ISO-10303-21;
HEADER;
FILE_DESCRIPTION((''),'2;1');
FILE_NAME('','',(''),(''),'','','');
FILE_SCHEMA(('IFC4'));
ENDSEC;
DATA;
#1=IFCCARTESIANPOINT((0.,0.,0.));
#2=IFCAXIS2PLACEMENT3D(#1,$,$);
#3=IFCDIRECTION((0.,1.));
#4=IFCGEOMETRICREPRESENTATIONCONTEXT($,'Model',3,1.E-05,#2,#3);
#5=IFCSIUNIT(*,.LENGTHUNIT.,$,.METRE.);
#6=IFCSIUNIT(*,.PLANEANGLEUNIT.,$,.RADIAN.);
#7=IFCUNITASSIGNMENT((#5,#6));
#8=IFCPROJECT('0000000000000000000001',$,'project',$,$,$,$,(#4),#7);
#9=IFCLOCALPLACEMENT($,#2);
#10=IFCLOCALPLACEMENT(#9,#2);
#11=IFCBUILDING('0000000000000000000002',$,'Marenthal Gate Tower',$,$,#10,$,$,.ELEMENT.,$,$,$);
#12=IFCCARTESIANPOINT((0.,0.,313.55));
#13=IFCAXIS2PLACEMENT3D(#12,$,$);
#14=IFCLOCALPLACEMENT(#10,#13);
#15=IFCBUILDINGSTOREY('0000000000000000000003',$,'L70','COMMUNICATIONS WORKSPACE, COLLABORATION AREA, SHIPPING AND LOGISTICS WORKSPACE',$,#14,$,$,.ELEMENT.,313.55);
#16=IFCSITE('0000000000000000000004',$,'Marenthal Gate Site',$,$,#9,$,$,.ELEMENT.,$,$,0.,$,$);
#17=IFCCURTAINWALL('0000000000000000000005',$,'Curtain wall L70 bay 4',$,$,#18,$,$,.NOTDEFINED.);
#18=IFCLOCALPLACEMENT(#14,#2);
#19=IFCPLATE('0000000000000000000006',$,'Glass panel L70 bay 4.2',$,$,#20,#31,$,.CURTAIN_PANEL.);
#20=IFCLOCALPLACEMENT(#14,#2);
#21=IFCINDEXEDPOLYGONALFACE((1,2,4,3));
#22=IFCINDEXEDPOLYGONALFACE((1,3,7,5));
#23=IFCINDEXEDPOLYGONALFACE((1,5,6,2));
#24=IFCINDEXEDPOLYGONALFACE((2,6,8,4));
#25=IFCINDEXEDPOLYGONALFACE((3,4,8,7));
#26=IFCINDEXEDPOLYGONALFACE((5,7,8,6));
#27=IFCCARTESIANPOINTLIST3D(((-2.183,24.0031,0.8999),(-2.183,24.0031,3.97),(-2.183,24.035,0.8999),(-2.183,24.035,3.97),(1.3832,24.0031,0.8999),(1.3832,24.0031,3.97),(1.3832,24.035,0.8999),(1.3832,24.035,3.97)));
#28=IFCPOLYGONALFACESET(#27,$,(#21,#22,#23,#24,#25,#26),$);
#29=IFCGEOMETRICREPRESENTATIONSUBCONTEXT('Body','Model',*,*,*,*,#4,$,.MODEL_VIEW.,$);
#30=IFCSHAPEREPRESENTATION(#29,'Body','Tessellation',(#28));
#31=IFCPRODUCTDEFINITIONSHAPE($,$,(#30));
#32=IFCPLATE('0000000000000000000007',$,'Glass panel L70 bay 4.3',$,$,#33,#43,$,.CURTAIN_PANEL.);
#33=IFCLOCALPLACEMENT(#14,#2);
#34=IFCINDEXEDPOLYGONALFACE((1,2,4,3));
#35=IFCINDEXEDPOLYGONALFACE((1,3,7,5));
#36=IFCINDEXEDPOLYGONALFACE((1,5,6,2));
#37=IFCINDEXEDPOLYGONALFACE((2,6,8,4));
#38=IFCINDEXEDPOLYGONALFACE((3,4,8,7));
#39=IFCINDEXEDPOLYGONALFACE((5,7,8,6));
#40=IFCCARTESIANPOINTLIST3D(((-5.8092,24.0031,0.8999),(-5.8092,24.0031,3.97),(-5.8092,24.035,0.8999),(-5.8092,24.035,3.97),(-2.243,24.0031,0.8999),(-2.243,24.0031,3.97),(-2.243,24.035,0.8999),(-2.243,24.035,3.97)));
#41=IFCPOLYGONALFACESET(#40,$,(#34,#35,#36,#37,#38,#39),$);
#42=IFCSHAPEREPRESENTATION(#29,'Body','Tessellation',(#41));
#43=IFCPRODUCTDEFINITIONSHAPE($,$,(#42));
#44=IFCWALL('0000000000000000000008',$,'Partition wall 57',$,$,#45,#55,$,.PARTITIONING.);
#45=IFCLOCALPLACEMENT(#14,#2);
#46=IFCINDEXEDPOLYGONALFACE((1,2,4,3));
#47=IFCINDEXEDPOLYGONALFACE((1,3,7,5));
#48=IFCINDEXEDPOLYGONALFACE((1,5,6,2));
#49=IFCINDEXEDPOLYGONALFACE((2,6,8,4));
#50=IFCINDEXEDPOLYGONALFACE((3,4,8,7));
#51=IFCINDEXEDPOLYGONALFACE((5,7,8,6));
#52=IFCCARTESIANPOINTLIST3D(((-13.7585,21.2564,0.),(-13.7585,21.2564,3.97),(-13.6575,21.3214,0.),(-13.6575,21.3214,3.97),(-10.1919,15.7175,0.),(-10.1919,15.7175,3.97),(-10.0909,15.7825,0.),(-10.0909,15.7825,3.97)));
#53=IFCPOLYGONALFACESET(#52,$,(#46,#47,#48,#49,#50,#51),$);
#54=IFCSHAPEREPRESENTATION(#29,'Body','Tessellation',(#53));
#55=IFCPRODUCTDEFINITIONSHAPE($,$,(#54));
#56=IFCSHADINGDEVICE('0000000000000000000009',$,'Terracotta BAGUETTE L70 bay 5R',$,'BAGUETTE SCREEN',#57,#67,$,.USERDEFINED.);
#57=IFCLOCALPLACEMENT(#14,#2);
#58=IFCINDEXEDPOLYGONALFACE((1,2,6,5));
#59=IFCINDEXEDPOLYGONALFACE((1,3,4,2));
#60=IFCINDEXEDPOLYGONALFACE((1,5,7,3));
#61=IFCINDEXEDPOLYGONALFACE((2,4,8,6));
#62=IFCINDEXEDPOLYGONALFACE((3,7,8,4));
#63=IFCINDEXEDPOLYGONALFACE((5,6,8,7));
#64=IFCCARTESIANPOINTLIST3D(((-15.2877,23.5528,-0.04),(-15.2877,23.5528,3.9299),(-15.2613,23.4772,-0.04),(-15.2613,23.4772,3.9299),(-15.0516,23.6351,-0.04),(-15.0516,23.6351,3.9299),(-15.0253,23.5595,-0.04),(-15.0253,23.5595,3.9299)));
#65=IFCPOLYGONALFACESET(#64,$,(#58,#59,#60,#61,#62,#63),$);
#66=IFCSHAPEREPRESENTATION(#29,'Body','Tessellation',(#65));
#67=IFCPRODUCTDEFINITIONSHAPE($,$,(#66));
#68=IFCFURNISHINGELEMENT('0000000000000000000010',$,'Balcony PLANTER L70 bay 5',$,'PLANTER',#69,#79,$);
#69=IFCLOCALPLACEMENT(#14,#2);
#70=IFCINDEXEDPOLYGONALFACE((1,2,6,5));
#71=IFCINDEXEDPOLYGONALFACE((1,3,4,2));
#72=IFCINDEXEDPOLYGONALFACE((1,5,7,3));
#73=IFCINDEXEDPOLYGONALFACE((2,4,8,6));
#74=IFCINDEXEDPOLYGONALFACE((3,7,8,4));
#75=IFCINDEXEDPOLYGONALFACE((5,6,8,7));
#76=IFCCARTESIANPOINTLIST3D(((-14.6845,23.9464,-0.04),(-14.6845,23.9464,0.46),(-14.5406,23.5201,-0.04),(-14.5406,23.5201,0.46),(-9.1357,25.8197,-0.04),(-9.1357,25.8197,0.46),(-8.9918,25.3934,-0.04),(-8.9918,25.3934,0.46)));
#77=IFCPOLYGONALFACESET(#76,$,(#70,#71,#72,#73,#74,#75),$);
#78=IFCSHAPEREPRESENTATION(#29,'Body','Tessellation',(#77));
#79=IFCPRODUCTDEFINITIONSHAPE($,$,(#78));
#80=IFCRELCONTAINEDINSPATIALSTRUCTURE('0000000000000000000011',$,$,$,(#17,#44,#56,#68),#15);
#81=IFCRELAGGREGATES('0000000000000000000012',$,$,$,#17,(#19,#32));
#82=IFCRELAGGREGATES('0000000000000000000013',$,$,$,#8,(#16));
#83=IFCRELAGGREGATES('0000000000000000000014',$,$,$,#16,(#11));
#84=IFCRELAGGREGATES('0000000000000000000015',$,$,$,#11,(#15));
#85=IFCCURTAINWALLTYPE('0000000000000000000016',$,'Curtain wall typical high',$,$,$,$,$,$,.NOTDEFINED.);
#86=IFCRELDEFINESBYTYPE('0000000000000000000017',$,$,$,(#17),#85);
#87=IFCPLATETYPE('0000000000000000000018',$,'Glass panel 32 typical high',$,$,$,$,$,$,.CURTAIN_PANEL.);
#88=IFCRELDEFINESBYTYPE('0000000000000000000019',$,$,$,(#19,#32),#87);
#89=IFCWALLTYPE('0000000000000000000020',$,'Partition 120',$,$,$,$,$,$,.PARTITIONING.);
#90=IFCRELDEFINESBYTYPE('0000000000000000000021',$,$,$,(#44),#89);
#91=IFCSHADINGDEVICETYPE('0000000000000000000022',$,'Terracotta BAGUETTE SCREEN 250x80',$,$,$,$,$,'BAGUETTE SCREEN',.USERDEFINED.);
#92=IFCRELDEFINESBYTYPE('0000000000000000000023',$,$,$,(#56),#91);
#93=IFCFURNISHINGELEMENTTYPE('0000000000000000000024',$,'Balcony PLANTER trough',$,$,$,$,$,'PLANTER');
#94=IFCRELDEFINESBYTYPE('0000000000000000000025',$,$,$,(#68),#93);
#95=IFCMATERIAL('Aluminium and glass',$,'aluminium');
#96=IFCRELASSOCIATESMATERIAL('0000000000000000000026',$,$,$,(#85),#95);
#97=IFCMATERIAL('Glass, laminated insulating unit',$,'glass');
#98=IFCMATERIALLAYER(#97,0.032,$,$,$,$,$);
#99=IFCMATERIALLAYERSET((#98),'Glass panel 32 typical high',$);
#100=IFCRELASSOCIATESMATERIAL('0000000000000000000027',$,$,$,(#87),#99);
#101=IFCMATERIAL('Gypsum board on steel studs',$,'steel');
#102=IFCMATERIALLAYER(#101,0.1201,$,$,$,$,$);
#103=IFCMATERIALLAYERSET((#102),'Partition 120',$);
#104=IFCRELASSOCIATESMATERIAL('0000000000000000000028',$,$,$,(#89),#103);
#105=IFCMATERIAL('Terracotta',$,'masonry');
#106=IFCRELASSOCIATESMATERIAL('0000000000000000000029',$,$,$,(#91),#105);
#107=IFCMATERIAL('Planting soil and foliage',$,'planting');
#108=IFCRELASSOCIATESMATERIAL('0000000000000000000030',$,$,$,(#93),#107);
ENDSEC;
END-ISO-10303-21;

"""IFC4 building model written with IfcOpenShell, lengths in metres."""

from ifc_helpers import new_model, si_unit, direction, frame, frame_2d, origin, origin_2d, place, context, subcontext, project, spatial, rectangle, extrude, material, layer, layer_set, material_profile, profile_set, type_object, element, aggregate, save


model = new_model("IFC4")

# Units and contexts
model_context = context("Model", 3, precision=1e-05, world=origin(), true_north=direction((0.0, 1.0)))
body_context = subcontext(model_context, "Body", "Model", "MODEL_VIEW")
ifc_project = project(units=[si_unit("LENGTHUNIT", "METRE"), si_unit("PLANEANGLEUNIT", "RADIAN")], contexts=[model_context])

# Site, building, storey
site_placement = place(None, origin())
site = spatial("IfcSite", under=ifc_project, at=site_placement, Name="Marenthal Gate Site", CompositionType="ELEMENT", RefElevation=0.0)
building_placement = place(site_placement, origin())
building = spatial("IfcBuilding", under=site, at=building_placement, Name="Marenthal Gate Tower", CompositionType="ELEMENT")
storey_placement = place(building_placement, frame((0.0, 0.0, 313.55)))
storey = spatial("IfcBuildingStorey", under=building, at=storey_placement, Name="L70", Description="COMMUNICATIONS WORKSPACE, COLLABORATION AREA, SHIPPING AND LOGISTICS WORKSPACE", CompositionType="ELEMENT", Elevation=313.55)

# Curtain wall
ifc_material_1 = material(Name="Aluminium and glass", Category="aluminium")
curtain_wall_type = type_object("IfcCurtainWallType", Name="Curtain wall typical high", PredefinedType="NOTDEFINED", material=ifc_material_1)
curtain_wall_placement = place(storey_placement, origin())
curtain_wall = element("IfcCurtainWall", 1, at=curtain_wall_placement, inside=storey, type_object=curtain_wall_type, Name="Curtain wall L70 bay 4", PredefinedType="NOTDEFINED")

# Plates
ifc_material_2 = material(Name="Glass, laminated insulating unit", Category="glass")
ifc_layer_1 = layer(ifc_material_2, 0.032)
ifc_layer_set_1 = layer_set([ifc_layer_1], Name="Glass panel 32 typical high")
plate_type = type_object("IfcPlateType", Name="Glass panel 32 typical high", PredefinedType="CURTAIN_PANEL", material=ifc_layer_set_1)
plate_1_placement = place(storey_placement, frame((-0.3999, 24.019, 0.8999), z_axis=(0.0, 0.0, 1.0), x_axis=(-1.0, 0.0, 0.0)))
plate_1 = element("IfcPlate", 2, at=plate_1_placement, type_object=plate_type, Name="Glass panel L70 bay 4.2", PredefinedType="CURTAIN_PANEL", context=body_context, shape_type="SweptSolid", body=[
    extrude(rectangle(XDim=3.5662, YDim=0.032, at=origin_2d()), origin(), (0.0, 0.0, 1.0), 3.0701),
])
plate_2_placement = place(storey_placement, frame((-4.0261, 24.019, 0.8999), z_axis=(0.0, 0.0, 1.0), x_axis=(-1.0, 0.0, 0.0)))
plate_2 = element("IfcPlate", 3, at=plate_2_placement, type_object=plate_type, Name="Glass panel L70 bay 4.3", PredefinedType="CURTAIN_PANEL", context=body_context, shape_type="SweptSolid", body=[
    extrude(rectangle(XDim=3.5662, YDim=0.032, at=origin_2d()), origin(), (0.0, 0.0, 1.0), 3.0701),
])
aggregate(curtain_wall, [plate_1, plate_2])

# Wall
ifc_material_3 = material(Name="Gypsum board on steel studs", Category="steel")
ifc_layer_2 = layer(ifc_material_3, 0.1201)
ifc_layer_set_2 = layer_set([ifc_layer_2], Name="Partition 120")
wall_type_1 = type_object("IfcWallType", Name="Partition 120", PredefinedType="PARTITIONING", material=ifc_layer_set_2)
wall_1_placement = place(storey_placement, frame((-10.1414, 15.75, 0.0), z_axis=(0.0, 0.0, 1.0), x_axis=(-0.5414, 0.840765, 0.0)))
element("IfcWall", 4, at=wall_1_placement, inside=storey, type_object=wall_type_1, Name="Partition wall 57", PredefinedType="PARTITIONING", context=body_context, shape_type="SweptSolid", body=[
    extrude(rectangle(XDim=6.5879, YDim=0.1201, at=frame_2d((3.2939, 0.0))), origin(), (0.0, 0.0, 1.0), 3.97),
])

# Shading device
ifc_material_4 = material(Name="Terracotta", Category="masonry")
ifc_material_profile_1 = material_profile(ifc_material_4, rectangle(XDim=0.25, YDim=0.0801, at=origin_2d()), Name="Terracotta baguette 250x80")
ifc_profile_set_1 = profile_set([ifc_material_profile_1], Name="Terracotta")
shading_device_type = type_object("IfcShadingDeviceType", Name="Terracotta BAGUETTE SCREEN 250x80", ElementType="BAGUETTE SCREEN", PredefinedType="USERDEFINED", material=ifc_profile_set_1)
shading_device_placement = place(storey_placement, frame((-15.1565, 23.5562, -0.04), z_axis=(0.0, 0.0, 1.0), x_axis=(-0.944249, -0.329232, 0.0)))
element("IfcShadingDevice", 5, at=shading_device_placement, inside=storey, type_object=shading_device_type, Name="Terracotta BAGUETTE L70 bay 5R", ObjectType="BAGUETTE SCREEN", PredefinedType="USERDEFINED", context=body_context, shape_type="SweptSolid", body=[
    extrude(rectangle(XDim=0.25, YDim=0.0801, at=origin_2d()), origin(), (0.0, 0.0, 1.0), 3.97),
])

# Furnishing element
ifc_material_5 = material(Name="Planting soil and foliage", Category="planting")
furnishing_element_type = type_object("IfcFurnishingElementType", Name="Balcony PLANTER trough", ElementType="PLANTER", material=ifc_material_5)
furnishing_placement = place(storey_placement, frame((-11.8381, 24.6699, -0.04), z_axis=(0.0, 0.0, 1.0), x_axis=(-0.947463, -0.319866, 0.0)))
element("IfcFurnishingElement", 6, at=furnishing_placement, inside=storey, type_object=furnishing_element_type, Name="Balcony PLANTER L70 bay 5", ObjectType="PLANTER", context=body_context, shape_type="SweptSolid", body=[
    extrude(rectangle(XDim=5.8564, YDim=0.45, at=origin_2d()), origin(), (0.0, 0.0, 1.0), 0.5),
])

save(model, "model.ifc")
